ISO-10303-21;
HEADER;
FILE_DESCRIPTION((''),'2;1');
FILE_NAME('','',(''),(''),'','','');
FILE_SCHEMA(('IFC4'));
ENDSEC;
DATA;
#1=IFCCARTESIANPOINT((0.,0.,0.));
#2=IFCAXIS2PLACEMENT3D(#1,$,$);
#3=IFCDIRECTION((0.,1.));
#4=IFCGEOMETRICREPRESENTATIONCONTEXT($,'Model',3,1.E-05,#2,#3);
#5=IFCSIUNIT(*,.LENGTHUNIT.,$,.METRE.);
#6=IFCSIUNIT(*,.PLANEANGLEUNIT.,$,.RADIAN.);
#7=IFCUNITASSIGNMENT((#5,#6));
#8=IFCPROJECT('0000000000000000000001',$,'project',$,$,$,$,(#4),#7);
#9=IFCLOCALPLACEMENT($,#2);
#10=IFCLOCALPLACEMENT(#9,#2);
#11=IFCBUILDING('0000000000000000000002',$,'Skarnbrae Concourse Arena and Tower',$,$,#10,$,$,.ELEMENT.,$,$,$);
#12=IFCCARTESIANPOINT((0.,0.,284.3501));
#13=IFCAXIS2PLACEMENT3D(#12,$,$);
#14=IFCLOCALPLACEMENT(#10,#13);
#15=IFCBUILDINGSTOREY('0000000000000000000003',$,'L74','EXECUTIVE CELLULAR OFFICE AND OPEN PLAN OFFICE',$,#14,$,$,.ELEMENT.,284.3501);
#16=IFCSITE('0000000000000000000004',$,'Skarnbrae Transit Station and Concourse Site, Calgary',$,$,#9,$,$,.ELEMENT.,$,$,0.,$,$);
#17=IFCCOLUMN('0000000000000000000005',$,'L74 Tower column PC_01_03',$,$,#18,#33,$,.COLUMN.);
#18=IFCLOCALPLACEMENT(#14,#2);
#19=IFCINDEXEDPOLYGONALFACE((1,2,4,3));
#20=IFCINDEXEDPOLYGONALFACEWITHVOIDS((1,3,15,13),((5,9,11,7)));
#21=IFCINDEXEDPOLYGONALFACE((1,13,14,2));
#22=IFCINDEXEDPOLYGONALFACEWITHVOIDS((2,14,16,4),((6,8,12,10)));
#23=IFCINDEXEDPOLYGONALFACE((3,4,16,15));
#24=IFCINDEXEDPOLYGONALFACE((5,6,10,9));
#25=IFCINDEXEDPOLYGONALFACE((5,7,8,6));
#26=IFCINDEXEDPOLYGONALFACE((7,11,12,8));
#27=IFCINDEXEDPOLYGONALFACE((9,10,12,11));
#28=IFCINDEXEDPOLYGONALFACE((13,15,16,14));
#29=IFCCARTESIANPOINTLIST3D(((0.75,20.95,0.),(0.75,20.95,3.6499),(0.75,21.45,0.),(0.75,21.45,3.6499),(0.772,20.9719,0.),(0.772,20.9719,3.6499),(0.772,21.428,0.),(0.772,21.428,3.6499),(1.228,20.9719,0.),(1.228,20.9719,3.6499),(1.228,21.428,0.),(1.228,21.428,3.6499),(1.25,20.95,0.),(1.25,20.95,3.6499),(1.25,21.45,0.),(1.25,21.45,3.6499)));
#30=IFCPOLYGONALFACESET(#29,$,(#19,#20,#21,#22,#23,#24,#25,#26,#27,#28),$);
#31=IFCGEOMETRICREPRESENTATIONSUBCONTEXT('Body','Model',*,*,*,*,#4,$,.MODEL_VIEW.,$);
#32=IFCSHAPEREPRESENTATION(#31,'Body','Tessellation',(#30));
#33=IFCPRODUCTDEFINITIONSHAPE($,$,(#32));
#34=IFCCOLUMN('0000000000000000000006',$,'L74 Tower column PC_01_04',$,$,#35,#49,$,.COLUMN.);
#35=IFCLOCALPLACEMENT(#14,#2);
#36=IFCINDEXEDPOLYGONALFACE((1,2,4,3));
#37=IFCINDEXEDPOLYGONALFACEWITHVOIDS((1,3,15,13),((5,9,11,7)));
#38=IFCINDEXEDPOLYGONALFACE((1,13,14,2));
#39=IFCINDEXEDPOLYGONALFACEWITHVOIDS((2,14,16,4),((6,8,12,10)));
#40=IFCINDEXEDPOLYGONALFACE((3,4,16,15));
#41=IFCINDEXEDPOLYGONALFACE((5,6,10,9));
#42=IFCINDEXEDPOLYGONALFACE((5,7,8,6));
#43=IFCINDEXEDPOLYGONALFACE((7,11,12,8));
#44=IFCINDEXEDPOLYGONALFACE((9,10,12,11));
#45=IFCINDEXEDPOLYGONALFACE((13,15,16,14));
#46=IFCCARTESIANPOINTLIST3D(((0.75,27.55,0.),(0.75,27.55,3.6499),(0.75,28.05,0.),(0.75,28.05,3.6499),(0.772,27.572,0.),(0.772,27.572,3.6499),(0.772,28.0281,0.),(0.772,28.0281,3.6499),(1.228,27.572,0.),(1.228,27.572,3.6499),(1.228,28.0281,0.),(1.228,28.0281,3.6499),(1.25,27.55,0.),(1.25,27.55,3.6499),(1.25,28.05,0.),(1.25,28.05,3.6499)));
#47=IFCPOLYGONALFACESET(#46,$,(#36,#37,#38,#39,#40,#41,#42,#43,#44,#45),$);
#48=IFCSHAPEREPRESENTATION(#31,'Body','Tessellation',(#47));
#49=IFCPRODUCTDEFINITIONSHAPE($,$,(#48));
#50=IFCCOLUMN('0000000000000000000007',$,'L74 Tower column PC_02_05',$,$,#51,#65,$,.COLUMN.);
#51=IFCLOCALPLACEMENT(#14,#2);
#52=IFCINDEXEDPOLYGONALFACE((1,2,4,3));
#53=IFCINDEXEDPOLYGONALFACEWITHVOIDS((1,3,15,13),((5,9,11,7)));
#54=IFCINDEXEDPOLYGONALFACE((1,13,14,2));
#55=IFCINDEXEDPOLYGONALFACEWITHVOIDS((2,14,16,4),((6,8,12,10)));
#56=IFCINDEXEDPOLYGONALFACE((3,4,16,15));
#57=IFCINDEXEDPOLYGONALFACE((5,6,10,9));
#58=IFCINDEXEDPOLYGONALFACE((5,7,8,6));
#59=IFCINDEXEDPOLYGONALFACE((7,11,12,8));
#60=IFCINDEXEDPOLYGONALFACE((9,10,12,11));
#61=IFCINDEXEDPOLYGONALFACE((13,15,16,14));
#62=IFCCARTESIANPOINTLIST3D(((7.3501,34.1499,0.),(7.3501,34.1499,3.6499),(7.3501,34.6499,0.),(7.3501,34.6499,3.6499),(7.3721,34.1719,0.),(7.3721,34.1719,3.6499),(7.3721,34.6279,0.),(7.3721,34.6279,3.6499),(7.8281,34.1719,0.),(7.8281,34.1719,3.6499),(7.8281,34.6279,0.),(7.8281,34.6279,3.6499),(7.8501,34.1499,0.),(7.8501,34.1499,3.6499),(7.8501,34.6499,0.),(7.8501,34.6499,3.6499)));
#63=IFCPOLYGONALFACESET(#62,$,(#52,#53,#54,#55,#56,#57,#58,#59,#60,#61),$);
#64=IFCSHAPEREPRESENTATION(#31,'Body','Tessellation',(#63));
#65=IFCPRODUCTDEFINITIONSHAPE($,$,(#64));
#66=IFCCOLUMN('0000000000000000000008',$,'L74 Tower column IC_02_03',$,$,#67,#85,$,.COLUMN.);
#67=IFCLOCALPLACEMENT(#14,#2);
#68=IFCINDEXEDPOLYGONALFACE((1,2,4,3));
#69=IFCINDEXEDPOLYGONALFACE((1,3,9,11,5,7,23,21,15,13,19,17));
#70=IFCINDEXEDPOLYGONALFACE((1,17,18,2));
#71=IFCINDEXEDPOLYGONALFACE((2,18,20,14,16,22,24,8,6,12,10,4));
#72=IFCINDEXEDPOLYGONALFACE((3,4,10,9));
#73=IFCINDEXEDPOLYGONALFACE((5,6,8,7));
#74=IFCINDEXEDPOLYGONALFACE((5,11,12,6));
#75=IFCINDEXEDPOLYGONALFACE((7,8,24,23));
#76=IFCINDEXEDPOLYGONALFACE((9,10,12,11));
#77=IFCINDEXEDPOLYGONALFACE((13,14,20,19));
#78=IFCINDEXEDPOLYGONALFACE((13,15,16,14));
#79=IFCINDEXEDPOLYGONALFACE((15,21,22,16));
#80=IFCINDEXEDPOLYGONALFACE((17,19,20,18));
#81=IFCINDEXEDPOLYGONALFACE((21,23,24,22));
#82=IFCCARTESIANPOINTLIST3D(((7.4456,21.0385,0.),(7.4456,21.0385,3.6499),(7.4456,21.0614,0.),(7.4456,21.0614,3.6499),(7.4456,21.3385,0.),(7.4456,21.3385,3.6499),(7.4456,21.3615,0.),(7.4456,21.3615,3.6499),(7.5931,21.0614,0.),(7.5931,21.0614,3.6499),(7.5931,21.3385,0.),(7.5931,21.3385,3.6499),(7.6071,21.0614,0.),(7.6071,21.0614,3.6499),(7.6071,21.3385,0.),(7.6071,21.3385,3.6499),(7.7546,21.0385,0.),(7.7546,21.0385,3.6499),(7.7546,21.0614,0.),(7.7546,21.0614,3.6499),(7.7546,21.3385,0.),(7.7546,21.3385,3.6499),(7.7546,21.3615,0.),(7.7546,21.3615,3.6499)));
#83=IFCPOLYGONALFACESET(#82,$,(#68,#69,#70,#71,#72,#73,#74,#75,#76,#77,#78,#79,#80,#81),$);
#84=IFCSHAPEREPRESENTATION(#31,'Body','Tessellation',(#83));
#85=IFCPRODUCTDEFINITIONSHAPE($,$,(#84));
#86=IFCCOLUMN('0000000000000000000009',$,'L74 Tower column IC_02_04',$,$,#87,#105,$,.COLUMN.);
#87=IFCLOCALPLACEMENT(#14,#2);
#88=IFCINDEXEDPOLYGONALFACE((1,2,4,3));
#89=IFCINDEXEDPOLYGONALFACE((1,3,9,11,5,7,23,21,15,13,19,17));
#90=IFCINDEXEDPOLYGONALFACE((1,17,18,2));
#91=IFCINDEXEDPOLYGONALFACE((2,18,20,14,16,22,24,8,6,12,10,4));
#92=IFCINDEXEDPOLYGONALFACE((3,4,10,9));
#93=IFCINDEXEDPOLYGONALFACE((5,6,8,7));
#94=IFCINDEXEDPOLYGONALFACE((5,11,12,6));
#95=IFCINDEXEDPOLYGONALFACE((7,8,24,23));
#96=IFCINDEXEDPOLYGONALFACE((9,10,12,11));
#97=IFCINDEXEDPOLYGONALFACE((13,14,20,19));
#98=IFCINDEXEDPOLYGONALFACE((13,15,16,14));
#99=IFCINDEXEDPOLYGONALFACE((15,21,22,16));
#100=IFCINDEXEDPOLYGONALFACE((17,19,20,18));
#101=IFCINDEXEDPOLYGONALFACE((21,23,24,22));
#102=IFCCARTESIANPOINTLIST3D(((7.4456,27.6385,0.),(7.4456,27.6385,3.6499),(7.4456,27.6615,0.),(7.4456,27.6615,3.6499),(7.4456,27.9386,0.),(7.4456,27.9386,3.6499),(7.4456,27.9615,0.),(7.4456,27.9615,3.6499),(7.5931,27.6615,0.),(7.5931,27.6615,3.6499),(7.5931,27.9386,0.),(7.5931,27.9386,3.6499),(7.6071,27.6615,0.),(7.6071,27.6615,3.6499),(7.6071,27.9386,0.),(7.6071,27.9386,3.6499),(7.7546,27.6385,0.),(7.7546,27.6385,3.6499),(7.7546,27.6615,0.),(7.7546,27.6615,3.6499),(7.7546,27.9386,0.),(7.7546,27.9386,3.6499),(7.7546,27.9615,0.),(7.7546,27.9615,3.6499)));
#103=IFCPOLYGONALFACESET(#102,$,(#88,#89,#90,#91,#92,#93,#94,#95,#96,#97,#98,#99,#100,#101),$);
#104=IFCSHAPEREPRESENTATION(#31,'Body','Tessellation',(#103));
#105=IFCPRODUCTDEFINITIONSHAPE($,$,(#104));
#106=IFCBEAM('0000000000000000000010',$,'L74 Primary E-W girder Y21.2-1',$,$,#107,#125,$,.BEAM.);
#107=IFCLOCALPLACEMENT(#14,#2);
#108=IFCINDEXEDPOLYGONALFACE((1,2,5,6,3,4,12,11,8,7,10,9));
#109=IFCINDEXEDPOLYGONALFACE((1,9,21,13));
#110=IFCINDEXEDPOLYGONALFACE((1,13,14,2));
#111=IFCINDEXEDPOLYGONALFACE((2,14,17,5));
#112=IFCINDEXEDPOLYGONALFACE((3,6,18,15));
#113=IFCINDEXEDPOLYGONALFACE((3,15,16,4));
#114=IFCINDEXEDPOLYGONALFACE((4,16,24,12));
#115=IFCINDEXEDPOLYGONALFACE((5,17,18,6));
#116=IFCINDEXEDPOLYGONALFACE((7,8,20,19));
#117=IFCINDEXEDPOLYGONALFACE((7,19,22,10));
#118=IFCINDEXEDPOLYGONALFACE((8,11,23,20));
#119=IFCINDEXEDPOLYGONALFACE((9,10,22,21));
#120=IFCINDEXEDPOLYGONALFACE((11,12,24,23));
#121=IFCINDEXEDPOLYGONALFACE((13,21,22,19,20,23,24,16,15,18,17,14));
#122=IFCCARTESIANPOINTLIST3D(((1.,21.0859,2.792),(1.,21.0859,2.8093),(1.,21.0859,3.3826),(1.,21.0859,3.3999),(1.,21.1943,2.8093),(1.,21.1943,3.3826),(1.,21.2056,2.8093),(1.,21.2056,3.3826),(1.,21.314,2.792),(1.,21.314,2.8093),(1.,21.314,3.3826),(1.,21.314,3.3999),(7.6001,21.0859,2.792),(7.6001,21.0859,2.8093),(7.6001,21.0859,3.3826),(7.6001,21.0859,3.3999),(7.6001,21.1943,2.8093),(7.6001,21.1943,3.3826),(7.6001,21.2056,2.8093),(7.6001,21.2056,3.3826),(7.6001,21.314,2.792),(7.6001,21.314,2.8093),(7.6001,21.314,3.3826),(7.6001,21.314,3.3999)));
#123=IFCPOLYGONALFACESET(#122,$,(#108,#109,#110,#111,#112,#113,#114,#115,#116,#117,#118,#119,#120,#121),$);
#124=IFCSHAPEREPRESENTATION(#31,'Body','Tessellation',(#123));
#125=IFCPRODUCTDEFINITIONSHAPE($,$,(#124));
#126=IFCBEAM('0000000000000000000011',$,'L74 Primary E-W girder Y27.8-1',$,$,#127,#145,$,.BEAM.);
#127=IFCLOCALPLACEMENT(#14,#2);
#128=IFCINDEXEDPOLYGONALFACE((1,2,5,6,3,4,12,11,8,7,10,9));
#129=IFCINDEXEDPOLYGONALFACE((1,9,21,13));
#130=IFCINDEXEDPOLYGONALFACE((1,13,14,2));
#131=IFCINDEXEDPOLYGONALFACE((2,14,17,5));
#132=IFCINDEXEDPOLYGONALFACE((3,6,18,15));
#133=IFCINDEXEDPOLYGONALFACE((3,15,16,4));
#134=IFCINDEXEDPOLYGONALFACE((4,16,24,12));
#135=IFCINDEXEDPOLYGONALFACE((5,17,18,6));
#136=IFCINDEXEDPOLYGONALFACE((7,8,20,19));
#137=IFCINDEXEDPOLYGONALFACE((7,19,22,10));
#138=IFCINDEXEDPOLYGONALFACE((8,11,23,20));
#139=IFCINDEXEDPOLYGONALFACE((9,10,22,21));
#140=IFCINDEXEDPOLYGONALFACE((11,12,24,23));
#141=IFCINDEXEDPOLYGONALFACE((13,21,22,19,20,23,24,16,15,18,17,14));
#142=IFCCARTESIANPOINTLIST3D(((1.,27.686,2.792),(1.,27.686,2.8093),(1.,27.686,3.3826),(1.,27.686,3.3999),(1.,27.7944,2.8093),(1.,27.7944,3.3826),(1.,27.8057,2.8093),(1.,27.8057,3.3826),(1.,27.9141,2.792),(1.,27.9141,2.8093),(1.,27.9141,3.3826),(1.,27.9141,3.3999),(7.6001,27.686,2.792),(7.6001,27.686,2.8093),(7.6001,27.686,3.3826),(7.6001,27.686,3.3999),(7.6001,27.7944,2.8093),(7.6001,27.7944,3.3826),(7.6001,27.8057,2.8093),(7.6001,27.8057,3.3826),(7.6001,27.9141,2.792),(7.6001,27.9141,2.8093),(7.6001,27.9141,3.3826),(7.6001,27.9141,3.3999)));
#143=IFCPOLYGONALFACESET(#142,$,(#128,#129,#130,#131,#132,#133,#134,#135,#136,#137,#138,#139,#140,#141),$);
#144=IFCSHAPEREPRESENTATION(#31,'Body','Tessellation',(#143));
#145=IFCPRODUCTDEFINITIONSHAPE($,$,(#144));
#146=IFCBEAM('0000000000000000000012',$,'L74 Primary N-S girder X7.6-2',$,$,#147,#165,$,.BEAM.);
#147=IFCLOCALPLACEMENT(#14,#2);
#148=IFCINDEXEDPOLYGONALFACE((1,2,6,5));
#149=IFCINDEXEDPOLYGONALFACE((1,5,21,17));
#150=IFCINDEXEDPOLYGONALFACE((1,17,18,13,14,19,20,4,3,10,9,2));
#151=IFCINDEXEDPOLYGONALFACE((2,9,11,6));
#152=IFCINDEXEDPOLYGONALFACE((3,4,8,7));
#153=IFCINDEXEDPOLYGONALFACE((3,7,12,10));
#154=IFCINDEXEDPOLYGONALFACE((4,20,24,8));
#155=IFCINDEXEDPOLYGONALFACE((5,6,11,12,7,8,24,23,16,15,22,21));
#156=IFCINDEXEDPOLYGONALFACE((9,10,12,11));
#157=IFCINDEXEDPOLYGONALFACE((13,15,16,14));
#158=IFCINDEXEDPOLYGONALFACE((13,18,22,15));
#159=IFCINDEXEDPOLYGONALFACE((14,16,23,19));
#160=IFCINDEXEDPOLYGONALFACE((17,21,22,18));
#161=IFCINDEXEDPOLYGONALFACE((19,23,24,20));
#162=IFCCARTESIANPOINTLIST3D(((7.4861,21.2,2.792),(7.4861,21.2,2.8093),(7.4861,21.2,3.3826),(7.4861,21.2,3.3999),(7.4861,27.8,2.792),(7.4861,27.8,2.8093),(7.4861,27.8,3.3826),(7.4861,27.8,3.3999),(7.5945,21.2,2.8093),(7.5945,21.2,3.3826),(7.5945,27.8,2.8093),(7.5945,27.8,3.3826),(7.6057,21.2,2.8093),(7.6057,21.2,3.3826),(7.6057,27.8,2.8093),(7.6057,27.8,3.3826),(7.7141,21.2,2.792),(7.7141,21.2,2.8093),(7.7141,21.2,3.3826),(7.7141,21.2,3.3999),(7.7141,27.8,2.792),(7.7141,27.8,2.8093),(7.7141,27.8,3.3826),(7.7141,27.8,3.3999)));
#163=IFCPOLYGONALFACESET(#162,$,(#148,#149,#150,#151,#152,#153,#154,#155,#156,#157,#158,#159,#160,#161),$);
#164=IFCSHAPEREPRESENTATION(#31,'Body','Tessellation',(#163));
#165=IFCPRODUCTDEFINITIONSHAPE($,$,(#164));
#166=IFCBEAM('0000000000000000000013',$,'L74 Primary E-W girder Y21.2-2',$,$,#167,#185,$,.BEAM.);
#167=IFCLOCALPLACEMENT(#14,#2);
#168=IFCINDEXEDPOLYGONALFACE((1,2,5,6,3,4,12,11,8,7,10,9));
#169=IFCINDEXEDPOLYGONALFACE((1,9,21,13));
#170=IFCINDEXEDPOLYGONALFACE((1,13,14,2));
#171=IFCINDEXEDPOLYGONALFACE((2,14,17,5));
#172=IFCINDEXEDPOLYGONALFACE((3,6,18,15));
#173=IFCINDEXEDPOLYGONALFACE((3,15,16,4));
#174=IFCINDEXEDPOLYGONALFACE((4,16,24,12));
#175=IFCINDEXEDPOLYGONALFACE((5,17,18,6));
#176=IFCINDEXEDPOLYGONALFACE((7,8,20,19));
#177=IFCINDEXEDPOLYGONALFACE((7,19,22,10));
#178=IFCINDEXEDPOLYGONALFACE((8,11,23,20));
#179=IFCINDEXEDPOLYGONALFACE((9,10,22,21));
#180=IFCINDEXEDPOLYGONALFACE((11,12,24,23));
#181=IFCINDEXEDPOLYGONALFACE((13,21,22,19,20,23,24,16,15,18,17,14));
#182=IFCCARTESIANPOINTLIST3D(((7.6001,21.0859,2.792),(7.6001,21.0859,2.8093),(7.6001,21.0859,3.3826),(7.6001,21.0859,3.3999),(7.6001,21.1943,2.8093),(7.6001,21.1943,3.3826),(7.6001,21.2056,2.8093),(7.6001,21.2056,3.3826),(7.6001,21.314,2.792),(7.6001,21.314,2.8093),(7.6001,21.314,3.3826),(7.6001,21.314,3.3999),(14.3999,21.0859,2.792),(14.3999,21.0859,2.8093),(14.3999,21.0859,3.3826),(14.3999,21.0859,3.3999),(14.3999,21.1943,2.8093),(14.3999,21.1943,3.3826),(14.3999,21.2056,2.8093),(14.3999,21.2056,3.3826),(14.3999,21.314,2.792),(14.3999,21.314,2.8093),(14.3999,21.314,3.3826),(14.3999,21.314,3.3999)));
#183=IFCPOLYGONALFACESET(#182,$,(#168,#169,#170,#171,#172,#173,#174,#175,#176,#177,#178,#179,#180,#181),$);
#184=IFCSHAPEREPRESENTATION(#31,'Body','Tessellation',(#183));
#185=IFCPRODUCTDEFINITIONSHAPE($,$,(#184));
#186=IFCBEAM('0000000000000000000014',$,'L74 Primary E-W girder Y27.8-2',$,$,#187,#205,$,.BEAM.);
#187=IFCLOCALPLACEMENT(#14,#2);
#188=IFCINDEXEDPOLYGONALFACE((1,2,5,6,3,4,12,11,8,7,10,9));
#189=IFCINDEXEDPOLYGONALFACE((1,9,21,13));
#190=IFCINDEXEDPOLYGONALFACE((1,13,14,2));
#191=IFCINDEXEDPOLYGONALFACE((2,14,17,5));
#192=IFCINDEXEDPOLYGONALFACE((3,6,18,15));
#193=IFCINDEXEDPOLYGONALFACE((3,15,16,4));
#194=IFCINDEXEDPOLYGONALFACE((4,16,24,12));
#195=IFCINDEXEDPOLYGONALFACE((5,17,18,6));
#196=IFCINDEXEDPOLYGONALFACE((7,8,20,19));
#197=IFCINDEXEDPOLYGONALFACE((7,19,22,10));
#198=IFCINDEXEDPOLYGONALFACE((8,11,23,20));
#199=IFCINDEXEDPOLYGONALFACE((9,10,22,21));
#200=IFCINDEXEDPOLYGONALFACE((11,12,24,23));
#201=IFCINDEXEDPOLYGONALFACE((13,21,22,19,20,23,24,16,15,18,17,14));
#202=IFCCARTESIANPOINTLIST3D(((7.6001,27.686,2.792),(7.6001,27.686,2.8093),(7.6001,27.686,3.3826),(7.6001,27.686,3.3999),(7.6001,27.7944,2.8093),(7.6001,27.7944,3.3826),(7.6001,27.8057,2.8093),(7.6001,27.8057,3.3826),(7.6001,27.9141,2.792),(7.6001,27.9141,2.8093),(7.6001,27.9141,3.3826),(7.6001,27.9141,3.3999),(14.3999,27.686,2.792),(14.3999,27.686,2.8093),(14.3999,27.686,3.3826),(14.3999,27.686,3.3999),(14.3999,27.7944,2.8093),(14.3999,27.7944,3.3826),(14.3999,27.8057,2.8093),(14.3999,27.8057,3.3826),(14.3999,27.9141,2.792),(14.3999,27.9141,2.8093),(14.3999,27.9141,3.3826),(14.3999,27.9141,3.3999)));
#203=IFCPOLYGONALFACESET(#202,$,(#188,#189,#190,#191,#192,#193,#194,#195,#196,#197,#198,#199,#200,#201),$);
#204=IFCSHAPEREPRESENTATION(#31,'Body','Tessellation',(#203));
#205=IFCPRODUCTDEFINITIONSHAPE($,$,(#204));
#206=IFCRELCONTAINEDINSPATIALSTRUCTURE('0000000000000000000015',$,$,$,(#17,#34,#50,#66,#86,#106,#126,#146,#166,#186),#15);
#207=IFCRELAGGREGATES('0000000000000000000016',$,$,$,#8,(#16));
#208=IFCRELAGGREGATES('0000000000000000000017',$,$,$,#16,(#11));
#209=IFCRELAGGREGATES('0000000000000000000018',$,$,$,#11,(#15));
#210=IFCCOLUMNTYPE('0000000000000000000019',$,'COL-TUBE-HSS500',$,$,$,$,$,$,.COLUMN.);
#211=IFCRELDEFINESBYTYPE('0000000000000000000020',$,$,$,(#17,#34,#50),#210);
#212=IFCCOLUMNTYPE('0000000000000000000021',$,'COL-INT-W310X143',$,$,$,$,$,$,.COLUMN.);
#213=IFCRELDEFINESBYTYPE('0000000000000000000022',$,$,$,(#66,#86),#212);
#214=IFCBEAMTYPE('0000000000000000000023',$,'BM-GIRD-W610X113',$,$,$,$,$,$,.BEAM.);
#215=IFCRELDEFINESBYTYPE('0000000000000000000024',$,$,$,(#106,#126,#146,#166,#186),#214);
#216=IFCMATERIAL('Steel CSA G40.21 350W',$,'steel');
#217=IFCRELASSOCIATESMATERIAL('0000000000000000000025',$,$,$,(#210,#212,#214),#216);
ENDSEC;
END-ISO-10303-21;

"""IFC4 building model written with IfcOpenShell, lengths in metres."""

from ifc_helpers import new_model, si_unit, direction, frame, origin, origin_2d, place, context, subcontext, project, spatial, hollow_rectangle, i_section, extrude, source, transform, mapped, material, material_profile, profile_set, type_object, element, save


model = new_model("IFC4")

# Units and contexts
model_context = context("Model", 3, precision=1e-05, world=origin(), true_north=direction((0.0, 1.0)))
body_context = subcontext(model_context, "Body", "Model", "MODEL_VIEW")
ifc_project = project(units=[si_unit("LENGTHUNIT", "METRE"), si_unit("PLANEANGLEUNIT", "RADIAN")], contexts=[model_context])

# Site, building, storey
site_placement = place(None, origin())
site = spatial("IfcSite", under=ifc_project, at=site_placement, Name="Skarnbrae Transit Station and Concourse Site, Calgary", CompositionType="ELEMENT", RefElevation=0.0)
building_placement = place(site_placement, origin())
building = spatial("IfcBuilding", under=site, at=building_placement, Name="Skarnbrae Concourse Arena and Tower", CompositionType="ELEMENT")
storey_placement = place(building_placement, frame((0.0, 0.0, 284.3501)))
storey = spatial("IfcBuildingStorey", under=building, at=storey_placement, Name="L74", Description="EXECUTIVE CELLULAR OFFICE AND OPEN PLAN OFFICE", CompositionType="ELEMENT", Elevation=284.3501)

# Columns
ifc_material_1 = material(Name="Steel CSA G40.21 350W", Category="steel")
ifc_material_profile_1 = material_profile(ifc_material_1, hollow_rectangle(XDim=0.5, YDim=0.5, WallThickness=0.022, at=origin_2d()), Name="HSS500X500X22.0")
ifc_profile_set_1 = profile_set([ifc_material_profile_1], Name="Steel CSA G40.21 350W")
column_type_1 = type_object("IfcColumnType", Name="COL-TUBE-HSS500", PredefinedType="COLUMN", material=ifc_profile_set_1)
shared_shape_1 = source(origin(), body_context, "Body", "SweptSolid", [
    extrude(hollow_rectangle(XDim=0.5, YDim=0.5, WallThickness=0.022, at=origin_2d()), origin(), (0.0, 0.0, 1.0), 3.6499),
])
for number, where, z_axis, x_axis, name in (
    (1, (1.0, 21.2, 0.0), (0.0, 0.0, 1.0), (1.0, 0.0, 0.0), "L74 Tower column PC_01_03"),
    (2, (1.0, 27.8, 0.0), (0.0, 0.0, 1.0), (1.0, 0.0, 0.0), "L74 Tower column PC_01_04"),
    (3, (7.6001, 34.3999, 0.0), (0.0, 0.0, 1.0), (1.0, 0.0, 0.0), "L74 Tower column PC_02_05"),
):
    element("IfcColumn", number, at=place(storey_placement, frame(where, z_axis=z_axis, x_axis=x_axis)), inside=storey, type_object=column_type_1, Name=name, PredefinedType="COLUMN", context=body_context, shape_type="MappedRepresentation", body=[
        mapped(shared_shape_1, transform((0.0, 0.0, 0.0))),
    ])
ifc_material_profile_2 = material_profile(ifc_material_1, i_section(OverallWidth=0.3091, OverallDepth=0.323, WebThickness=0.0139, FlangeThickness=0.0229, at=origin_2d()), Name="W310X143")
ifc_profile_set_2 = profile_set([ifc_material_profile_2], Name="Steel CSA G40.21 350W")
column_type_2 = type_object("IfcColumnType", Name="COL-INT-W310X143", PredefinedType="COLUMN", material=ifc_profile_set_2)
shared_shape_2 = source(origin(), body_context, "Body", "SweptSolid", [
    extrude(i_section(OverallWidth=0.3091, OverallDepth=0.323, WebThickness=0.0139, FlangeThickness=0.0229, at=origin_2d()), origin(), (0.0, 0.0, 1.0), 3.6499),
])
for number, where, z_axis, x_axis, name in (
    (4, (7.6001, 21.2, 0.0), (0.0, 0.0, 1.0), (1.0, 0.0, 0.0), "L74 Tower column IC_02_03"),
    (5, (7.6001, 27.8, 0.0), (0.0, 0.0, 1.0), (1.0, 0.0, 0.0), "L74 Tower column IC_02_04"),
):
    element("IfcColumn", number, at=place(storey_placement, frame(where, z_axis=z_axis, x_axis=x_axis)), inside=storey, type_object=column_type_2, Name=name, PredefinedType="COLUMN", context=body_context, shape_type="MappedRepresentation", body=[
        mapped(shared_shape_2, transform((0.0, 0.0, 0.0))),
    ])

# Beams
ifc_material_profile_3 = material_profile(ifc_material_1, i_section(OverallWidth=0.228, OverallDepth=0.6079, WebThickness=0.0112, FlangeThickness=0.0173, at=origin_2d()), Name="W610X113")
ifc_profile_set_3 = profile_set([ifc_material_profile_3], Name="Steel CSA G40.21 350W")
beam_type_1 = type_object("IfcBeamType", Name="BM-GIRD-W610X113", PredefinedType="BEAM", material=ifc_profile_set_3)
shared_shape_3 = source(origin(), body_context, "Body", "SweptSolid", [
    extrude(i_section(OverallWidth=0.228, OverallDepth=0.6079, WebThickness=0.0112, FlangeThickness=0.0173, at=origin_2d()), origin(), (0.0, 0.0, 1.0), 6.6001),
])
for number, where, z_axis, x_axis, name in (
    (6, (1.0, 21.2, 3.0959), (1.0, 0.0, 0.0), (0.0, 1.0, 0.0), "L74 Primary E-W girder Y21.2-1"),
    (7, (1.0, 27.8, 3.0959), (1.0, 0.0, 0.0), (0.0, 1.0, 0.0), "L74 Primary E-W girder Y27.8-1"),
    (8, (7.6001, 21.2, 3.0959), (0.0, 1.0, 0.0), (-1.0, 0.0, 0.0), "L74 Primary N-S girder X7.6-2"),
):
    element("IfcBeam", number, at=place(storey_placement, frame(where, z_axis=z_axis, x_axis=x_axis)), inside=storey, type_object=beam_type_1, Name=name, PredefinedType="BEAM", context=body_context, shape_type="MappedRepresentation", body=[
        mapped(shared_shape_3, transform((0.0, 0.0, 0.0))),
    ])
shared_shape_4 = source(origin(), body_context, "Body", "SweptSolid", [
    extrude(i_section(OverallWidth=0.228, OverallDepth=0.6079, WebThickness=0.0112, FlangeThickness=0.0173, at=origin_2d()), origin(), (0.0, 0.0, 1.0), 6.7998),
])
for number, where, z_axis, x_axis, name in (
    (9, (7.6001, 21.2, 3.0959), (1.0, 0.0, 0.0), (0.0, 1.0, 0.0), "L74 Primary E-W girder Y21.2-2"),
    (10, (7.6001, 27.8, 3.0959), (1.0, 0.0, 0.0), (0.0, 1.0, 0.0), "L74 Primary E-W girder Y27.8-2"),
):
    element("IfcBeam", number, at=place(storey_placement, frame(where, z_axis=z_axis, x_axis=x_axis)), inside=storey, type_object=beam_type_1, Name=name, PredefinedType="BEAM", context=body_context, shape_type="MappedRepresentation", body=[
        mapped(shared_shape_4, transform((0.0, 0.0, 0.0))),
    ])

save(model, "model.ifc")
